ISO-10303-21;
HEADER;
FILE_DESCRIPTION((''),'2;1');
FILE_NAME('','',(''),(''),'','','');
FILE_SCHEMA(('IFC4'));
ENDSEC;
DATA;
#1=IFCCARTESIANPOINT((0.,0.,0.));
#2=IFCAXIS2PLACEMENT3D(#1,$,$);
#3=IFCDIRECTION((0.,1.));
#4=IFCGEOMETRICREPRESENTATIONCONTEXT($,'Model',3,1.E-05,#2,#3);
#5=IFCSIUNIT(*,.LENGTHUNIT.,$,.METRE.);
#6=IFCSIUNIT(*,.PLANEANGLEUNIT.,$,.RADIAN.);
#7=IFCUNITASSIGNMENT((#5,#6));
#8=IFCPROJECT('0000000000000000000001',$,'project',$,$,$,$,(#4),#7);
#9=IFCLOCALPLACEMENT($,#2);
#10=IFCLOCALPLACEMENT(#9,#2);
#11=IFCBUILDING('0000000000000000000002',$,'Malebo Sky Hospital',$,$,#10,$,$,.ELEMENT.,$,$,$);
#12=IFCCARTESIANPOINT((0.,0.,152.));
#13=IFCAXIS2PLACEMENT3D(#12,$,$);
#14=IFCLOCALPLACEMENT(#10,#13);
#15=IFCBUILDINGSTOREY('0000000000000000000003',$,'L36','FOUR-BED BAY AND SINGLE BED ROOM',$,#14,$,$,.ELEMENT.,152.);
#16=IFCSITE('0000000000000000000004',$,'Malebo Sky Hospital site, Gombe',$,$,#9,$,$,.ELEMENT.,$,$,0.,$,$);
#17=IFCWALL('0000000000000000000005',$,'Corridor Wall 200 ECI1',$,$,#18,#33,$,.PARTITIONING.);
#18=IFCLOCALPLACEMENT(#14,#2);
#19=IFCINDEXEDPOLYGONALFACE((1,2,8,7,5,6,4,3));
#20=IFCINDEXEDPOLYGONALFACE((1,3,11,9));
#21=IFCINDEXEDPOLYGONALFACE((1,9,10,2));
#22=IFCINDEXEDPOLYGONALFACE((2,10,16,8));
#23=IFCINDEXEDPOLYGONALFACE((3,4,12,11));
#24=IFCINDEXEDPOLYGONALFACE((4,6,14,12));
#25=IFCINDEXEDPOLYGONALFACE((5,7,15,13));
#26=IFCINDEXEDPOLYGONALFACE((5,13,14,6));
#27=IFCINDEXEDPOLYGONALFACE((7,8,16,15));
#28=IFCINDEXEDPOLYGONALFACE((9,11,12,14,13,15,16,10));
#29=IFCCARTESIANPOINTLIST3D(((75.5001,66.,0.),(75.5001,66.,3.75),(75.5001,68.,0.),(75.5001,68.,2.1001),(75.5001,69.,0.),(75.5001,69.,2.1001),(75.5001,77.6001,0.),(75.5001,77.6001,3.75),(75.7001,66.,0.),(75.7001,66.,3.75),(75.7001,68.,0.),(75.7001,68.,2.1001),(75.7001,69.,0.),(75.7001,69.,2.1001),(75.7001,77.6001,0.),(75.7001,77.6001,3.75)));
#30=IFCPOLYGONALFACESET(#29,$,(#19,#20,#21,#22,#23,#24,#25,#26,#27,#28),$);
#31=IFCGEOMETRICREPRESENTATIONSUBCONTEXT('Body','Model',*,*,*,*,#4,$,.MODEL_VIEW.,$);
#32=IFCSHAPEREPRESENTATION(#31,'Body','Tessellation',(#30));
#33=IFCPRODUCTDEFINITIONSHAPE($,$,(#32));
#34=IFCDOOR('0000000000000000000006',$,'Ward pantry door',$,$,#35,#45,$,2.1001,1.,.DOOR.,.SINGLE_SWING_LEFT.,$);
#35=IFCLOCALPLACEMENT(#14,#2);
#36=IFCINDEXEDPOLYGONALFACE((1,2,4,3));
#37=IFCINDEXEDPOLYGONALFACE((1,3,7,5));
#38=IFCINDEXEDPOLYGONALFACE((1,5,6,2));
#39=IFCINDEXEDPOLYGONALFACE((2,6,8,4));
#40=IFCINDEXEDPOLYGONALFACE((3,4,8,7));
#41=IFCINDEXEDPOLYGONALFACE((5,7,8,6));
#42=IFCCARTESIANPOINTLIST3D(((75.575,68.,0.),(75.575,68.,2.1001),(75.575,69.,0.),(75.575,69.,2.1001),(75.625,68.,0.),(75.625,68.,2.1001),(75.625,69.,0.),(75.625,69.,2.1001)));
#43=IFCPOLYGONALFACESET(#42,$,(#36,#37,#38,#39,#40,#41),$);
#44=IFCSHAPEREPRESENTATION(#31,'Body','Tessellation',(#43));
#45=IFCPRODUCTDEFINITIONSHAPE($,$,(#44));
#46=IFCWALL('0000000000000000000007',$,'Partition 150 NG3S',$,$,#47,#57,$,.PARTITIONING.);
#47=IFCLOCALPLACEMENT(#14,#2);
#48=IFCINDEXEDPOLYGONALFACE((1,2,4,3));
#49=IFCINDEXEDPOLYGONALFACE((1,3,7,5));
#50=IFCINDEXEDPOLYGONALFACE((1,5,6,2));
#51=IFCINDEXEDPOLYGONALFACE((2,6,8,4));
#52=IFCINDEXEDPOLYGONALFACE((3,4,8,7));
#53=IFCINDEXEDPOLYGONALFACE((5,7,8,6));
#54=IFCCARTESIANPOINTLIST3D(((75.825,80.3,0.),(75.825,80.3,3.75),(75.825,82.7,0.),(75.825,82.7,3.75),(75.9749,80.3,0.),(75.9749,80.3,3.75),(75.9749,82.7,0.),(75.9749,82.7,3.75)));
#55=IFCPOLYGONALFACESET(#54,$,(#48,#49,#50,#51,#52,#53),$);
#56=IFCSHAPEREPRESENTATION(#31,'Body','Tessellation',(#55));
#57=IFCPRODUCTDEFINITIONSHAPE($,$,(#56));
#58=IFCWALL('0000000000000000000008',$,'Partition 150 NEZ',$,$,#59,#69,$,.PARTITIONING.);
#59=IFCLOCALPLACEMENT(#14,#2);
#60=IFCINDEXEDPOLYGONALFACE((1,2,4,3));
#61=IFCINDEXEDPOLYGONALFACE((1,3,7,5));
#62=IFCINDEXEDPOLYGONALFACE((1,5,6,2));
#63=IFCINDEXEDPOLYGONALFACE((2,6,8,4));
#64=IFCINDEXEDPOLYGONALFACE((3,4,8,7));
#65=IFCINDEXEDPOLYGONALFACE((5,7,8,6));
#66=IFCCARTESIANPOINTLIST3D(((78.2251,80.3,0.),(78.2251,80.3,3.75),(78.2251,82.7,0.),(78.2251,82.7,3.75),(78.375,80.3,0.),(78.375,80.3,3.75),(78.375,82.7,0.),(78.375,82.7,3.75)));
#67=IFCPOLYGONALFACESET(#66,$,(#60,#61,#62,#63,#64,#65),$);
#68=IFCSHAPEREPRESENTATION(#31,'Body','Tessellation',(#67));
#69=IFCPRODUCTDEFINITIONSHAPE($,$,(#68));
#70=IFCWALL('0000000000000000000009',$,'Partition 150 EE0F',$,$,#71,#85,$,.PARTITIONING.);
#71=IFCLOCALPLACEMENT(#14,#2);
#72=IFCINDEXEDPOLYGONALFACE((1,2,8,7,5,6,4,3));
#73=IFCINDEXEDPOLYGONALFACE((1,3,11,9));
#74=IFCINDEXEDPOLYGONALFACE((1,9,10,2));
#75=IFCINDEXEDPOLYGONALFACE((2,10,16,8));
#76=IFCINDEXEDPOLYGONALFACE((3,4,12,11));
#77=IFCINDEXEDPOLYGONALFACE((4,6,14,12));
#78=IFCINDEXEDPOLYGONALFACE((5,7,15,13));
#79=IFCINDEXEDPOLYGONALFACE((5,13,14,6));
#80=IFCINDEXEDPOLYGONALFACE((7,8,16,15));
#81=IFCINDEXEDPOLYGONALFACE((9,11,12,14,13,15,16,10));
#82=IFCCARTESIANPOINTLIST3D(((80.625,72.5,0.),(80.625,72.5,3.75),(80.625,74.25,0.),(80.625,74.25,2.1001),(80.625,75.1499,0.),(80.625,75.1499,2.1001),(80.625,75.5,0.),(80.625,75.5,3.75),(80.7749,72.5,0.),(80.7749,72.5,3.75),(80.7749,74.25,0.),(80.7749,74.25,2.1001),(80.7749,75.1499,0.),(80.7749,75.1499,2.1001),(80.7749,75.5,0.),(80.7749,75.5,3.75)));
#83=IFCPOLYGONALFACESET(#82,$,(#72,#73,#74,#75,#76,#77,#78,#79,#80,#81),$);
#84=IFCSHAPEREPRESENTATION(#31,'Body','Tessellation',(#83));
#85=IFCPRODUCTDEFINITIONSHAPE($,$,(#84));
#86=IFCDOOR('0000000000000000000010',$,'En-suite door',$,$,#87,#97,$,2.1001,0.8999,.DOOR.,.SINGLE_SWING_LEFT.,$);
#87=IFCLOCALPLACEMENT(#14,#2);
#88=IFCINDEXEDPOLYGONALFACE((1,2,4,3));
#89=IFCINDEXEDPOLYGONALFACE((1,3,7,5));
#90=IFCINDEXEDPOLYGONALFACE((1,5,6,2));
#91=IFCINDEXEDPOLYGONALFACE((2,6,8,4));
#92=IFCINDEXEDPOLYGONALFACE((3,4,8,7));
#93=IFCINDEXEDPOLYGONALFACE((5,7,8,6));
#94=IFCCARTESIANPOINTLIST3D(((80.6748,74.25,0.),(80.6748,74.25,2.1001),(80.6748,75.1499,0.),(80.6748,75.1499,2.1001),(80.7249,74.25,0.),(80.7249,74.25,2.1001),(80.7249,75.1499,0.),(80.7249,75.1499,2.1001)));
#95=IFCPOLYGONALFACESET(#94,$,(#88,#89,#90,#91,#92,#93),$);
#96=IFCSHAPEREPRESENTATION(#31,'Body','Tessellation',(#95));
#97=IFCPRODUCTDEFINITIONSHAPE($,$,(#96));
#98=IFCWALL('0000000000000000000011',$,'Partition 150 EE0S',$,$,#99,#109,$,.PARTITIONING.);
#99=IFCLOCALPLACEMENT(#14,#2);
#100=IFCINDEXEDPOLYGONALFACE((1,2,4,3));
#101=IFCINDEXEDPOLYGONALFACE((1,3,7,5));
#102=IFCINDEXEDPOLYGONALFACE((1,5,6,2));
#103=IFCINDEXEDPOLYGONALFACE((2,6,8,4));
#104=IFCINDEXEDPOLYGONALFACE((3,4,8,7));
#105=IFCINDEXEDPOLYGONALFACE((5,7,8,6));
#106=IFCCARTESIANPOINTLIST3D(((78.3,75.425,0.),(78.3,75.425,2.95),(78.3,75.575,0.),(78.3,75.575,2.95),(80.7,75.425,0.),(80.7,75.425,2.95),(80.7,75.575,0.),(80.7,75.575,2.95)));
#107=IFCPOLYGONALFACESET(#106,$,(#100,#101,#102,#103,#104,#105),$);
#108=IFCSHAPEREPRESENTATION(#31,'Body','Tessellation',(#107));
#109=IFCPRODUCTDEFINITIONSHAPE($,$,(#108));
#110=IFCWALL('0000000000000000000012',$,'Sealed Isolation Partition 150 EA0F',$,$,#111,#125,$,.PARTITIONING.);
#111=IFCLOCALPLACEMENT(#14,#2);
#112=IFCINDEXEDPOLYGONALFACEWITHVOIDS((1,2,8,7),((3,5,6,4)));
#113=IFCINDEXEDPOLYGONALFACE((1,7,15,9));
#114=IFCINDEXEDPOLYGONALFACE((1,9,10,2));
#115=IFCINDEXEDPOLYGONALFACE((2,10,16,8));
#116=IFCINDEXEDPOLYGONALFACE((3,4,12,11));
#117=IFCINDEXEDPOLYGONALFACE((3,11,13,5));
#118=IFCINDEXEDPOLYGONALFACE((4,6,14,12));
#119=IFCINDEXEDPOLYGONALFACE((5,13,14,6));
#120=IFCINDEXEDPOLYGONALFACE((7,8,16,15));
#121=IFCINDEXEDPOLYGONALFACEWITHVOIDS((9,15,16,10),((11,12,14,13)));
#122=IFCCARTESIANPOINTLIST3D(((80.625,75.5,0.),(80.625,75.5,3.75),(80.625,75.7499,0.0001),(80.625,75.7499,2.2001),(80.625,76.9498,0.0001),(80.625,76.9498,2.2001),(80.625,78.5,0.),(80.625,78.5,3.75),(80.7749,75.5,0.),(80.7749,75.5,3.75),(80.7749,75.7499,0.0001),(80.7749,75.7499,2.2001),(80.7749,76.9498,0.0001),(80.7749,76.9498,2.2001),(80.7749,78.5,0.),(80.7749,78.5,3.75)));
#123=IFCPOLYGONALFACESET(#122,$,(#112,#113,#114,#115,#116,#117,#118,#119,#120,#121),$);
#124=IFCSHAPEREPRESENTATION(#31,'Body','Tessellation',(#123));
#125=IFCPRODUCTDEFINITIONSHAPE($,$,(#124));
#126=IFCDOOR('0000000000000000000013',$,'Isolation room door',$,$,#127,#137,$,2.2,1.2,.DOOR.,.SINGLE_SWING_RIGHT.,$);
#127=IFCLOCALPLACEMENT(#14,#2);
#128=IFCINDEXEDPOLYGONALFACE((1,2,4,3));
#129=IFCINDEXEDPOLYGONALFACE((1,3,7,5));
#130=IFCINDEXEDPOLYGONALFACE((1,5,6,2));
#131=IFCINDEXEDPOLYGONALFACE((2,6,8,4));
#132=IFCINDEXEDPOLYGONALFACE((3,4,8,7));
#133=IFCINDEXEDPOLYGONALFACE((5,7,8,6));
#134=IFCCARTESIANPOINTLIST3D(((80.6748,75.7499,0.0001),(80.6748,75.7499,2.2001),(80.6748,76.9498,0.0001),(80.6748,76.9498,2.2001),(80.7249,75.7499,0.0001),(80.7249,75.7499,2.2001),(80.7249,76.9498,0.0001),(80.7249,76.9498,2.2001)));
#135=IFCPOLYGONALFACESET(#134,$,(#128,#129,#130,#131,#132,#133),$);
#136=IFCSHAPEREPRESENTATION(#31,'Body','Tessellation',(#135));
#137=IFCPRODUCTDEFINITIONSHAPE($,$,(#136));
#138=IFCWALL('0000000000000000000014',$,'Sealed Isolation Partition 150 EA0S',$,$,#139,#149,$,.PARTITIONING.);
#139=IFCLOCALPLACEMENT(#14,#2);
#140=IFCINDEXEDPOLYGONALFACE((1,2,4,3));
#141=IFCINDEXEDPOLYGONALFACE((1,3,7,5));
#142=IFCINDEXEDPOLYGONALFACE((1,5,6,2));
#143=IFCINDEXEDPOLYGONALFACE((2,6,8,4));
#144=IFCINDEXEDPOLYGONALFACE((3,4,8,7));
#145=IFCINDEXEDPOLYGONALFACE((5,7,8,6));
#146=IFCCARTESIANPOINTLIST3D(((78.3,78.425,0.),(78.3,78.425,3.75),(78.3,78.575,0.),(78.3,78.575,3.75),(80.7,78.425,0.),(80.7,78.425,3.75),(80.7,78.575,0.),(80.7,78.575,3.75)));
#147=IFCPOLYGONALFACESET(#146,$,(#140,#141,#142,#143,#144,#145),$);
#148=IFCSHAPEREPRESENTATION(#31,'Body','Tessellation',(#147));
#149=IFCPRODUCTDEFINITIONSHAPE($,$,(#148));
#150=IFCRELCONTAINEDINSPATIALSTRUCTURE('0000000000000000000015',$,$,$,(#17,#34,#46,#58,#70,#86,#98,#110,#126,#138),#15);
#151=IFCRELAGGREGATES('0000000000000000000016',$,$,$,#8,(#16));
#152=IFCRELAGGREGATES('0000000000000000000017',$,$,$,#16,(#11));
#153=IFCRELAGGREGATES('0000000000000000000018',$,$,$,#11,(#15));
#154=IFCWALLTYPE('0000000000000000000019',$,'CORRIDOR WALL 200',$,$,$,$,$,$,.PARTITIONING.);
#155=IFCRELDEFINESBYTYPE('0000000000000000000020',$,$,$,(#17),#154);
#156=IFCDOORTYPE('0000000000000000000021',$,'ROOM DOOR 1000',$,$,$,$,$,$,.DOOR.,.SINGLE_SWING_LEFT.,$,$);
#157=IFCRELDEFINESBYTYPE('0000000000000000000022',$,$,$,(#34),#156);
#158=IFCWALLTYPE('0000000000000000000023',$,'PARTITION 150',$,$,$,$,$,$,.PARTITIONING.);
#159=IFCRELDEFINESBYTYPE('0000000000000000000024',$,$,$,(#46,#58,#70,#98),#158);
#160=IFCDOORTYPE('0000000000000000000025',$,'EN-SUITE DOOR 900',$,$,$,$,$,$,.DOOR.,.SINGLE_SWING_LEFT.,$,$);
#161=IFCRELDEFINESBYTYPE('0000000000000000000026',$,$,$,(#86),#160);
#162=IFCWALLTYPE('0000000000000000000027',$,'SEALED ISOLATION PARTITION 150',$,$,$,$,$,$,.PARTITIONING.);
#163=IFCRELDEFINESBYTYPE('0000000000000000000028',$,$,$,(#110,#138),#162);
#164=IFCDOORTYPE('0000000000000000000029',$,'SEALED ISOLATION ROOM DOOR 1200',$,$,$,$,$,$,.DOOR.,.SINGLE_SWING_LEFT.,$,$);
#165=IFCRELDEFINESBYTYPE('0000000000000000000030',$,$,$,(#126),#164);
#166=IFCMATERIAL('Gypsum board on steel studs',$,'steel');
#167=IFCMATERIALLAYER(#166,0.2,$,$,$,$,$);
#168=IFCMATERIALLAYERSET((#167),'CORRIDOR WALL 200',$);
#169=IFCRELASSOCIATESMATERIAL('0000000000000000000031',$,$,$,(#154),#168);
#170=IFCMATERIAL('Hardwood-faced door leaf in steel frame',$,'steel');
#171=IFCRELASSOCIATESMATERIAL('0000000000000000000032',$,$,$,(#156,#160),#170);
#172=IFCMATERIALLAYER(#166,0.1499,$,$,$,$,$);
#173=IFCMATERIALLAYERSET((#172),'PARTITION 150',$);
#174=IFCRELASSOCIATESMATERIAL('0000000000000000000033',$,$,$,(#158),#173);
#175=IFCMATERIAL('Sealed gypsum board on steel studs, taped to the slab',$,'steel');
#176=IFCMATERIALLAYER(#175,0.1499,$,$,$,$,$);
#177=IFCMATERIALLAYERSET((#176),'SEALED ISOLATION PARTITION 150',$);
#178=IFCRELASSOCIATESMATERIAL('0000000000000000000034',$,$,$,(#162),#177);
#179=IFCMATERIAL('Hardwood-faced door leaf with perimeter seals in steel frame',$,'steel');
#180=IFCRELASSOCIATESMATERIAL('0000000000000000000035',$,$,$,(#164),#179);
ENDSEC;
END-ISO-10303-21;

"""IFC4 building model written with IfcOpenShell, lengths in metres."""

from ifc_helpers import new_model, si_unit, direction, frame, frame_2d, origin, place, context, subcontext, project, spatial, rectangle, extrude, material, layer, layer_set, type_object, element, fill, save


model = new_model("IFC4")

# Units and contexts
model_context = context("Model", 3, precision=1e-05, world=origin(), true_north=direction((0.0, 1.0)))
body_context = subcontext(model_context, "Body", "Model", "MODEL_VIEW")
ifc_project = project(units=[si_unit("LENGTHUNIT", "METRE"), si_unit("PLANEANGLEUNIT", "RADIAN")], contexts=[model_context])

# Site, building, storey
site_placement = place(None, origin())
site = spatial("IfcSite", under=ifc_project, at=site_placement, Name="Malebo Sky Hospital site, Gombe", CompositionType="ELEMENT", RefElevation=0.0)
building_placement = place(site_placement, origin())
building = spatial("IfcBuilding", under=site, at=building_placement, Name="Malebo Sky Hospital", CompositionType="ELEMENT")
storey_placement = place(building_placement, frame((0.0, 0.0, 152.0)))
storey = spatial("IfcBuildingStorey", under=building, at=storey_placement, Name="L36", Description="FOUR-BED BAY AND SINGLE BED ROOM", CompositionType="ELEMENT", Elevation=152.0)

# Wall, opening, door
ifc_material_1 = material(Name="Gypsum board on steel studs", Category="steel")
ifc_layer_1 = layer(ifc_material_1, 0.2)
ifc_layer_set_1 = layer_set([ifc_layer_1], Name="CORRIDOR WALL 200")
wall_type_1 = type_object("IfcWallType", Name="CORRIDOR WALL 200", PredefinedType="PARTITIONING", material=ifc_layer_set_1)
wall_1_placement = place(storey_placement, frame((75.6001, 77.6001, 0.0), z_axis=(0.0, 0.0, 1.0), x_axis=(0.0, -1.0, 0.0)))
wall_1 = element("IfcWall", 1, at=wall_1_placement, inside=storey, type_object=wall_type_1, Name="Corridor Wall 200 ECI1", PredefinedType="PARTITIONING", context=body_context, shape_type="SweptSolid", body=[
    extrude(rectangle(XDim=11.6001, YDim=0.2, at=frame_2d((5.8, 0.0))), origin(), (0.0, 0.0, 1.0), 3.75),
])
opening_1_placement = place(wall_1_placement, frame((8.6001, 0.0, 0.0)))
opening_1 = element("IfcOpeningElement", 2, at=opening_1_placement, cuts=wall_1, PredefinedType="OPENING", context=body_context, shape_type="SweptSolid", body=[
    extrude(rectangle(XDim=1.0, YDim=2.1001, at=frame_2d((0.5, 1.05))), frame((0.0, 0.1099, 0.0), z_axis=(0.0, -1.0, 0.0), x_axis=(1.0, 0.0, 0.0)), (0.0, 0.0, 1.0), 0.22),
])
ifc_material_2 = material(Name="Hardwood-faced door leaf in steel frame", Category="steel")
door_type_1 = type_object("IfcDoorType", Name="ROOM DOOR 1000", OperationType="SINGLE_SWING_LEFT", PredefinedType="DOOR", material=ifc_material_2)
door_1_placement = place(opening_1_placement, origin())
door_1 = element("IfcDoor", 3, at=door_1_placement, inside=storey, type_object=door_type_1, Name="Ward pantry door", OperationType="SINGLE_SWING_LEFT", OverallHeight=2.1001, OverallWidth=1.0, PredefinedType="DOOR", context=body_context, shape_type="SweptSolid", body=[
    extrude(rectangle(XDim=1.0, YDim=2.1001, at=frame_2d((0.5, 1.05))), frame((0.0, 0.0249, 0.0), z_axis=(0.0, -1.0, 0.0), x_axis=(1.0, 0.0, 0.0)), (0.0, 0.0, 1.0), 0.05),
])
fill(opening_1, door_1)

# Walls
ifc_layer_2 = layer(ifc_material_1, 0.1499)
ifc_layer_set_2 = layer_set([ifc_layer_2], Name="PARTITION 150")
wall_type_2 = type_object("IfcWallType", Name="PARTITION 150", PredefinedType="PARTITIONING", material=ifc_layer_set_2)
for number, where, z_axis, x_axis, name in (
    (4, (75.8999, 80.3, 0.0), (0.0, 0.0, 1.0), (0.0, 1.0, 0.0), "Partition 150 NG3S"),
    (5, (78.3, 80.3, 0.0), (0.0, 0.0, 1.0), (0.0, 1.0, 0.0), "Partition 150 NEZ"),
):
    element("IfcWall", number, at=place(storey_placement, frame(where, z_axis=z_axis, x_axis=x_axis)), inside=storey, type_object=wall_type_2, Name=name, PredefinedType="PARTITIONING", context=body_context, shape_type="SweptSolid", body=[
        extrude(rectangle(XDim=2.3999, YDim=0.1499, at=frame_2d((1.2, 0.0))), origin(), (0.0, 0.0, 1.0), 3.75),
    ])

# Wall, opening, door
wall_2_placement = place(storey_placement, frame((80.7, 75.5, 0.0), z_axis=(0.0, 0.0, 1.0), x_axis=(0.0, -1.0, 0.0)))
wall_2 = element("IfcWall", 6, at=wall_2_placement, inside=storey, type_object=wall_type_2, Name="Partition 150 EE0F", PredefinedType="PARTITIONING", context=body_context, shape_type="SweptSolid", body=[
    extrude(rectangle(XDim=3.0, YDim=0.1499, at=frame_2d((1.5, 0.0))), origin(), (0.0, 0.0, 1.0), 3.75),
])
opening_2_placement = place(wall_2_placement, frame((0.3501, 0.0, 0.0)))
opening_2 = element("IfcOpeningElement", 7, at=opening_2_placement, cuts=wall_2, PredefinedType="OPENING", context=body_context, shape_type="SweptSolid", body=[
    extrude(rectangle(XDim=0.8999, YDim=2.1001, at=frame_2d((0.45, 1.05))), frame((0.0, 0.085, 0.0), z_axis=(0.0, -1.0, 0.0), x_axis=(1.0, 0.0, 0.0)), (0.0, 0.0, 1.0), 0.1699),
])
door_type_2 = type_object("IfcDoorType", Name="EN-SUITE DOOR 900", OperationType="SINGLE_SWING_LEFT", PredefinedType="DOOR", material=ifc_material_2)
door_2_placement = place(opening_2_placement, origin())
door_2 = element("IfcDoor", 8, at=door_2_placement, inside=storey, type_object=door_type_2, Name="En-suite door", OperationType="SINGLE_SWING_LEFT", OverallHeight=2.1001, OverallWidth=0.8999, PredefinedType="DOOR", context=body_context, shape_type="SweptSolid", body=[
    extrude(rectangle(XDim=0.8999, YDim=2.1001, at=frame_2d((0.45, 1.05))), frame((0.0, 0.0249, 0.0), z_axis=(0.0, -1.0, 0.0), x_axis=(1.0, 0.0, 0.0)), (0.0, 0.0, 1.0), 0.05),
])
fill(opening_2, door_2)

# Wall
wall_3_placement = place(storey_placement, frame((78.3, 75.5, 0.0), z_axis=(0.0, 0.0, 1.0), x_axis=(1.0, 0.0, 0.0)))
element("IfcWall", 9, at=wall_3_placement, inside=storey, type_object=wall_type_2, Name="Partition 150 EE0S", PredefinedType="PARTITIONING", context=body_context, shape_type="SweptSolid", body=[
    extrude(rectangle(XDim=2.3999, YDim=0.1499, at=frame_2d((1.2, 0.0))), origin(), (0.0, 0.0, 1.0), 2.95),
])

# Wall, opening, door
ifc_material_3 = material(Name="Sealed gypsum board on steel studs, taped to the slab", Category="steel")
ifc_layer_3 = layer(ifc_material_3, 0.1499)
ifc_layer_set_3 = layer_set([ifc_layer_3], Name="SEALED ISOLATION PARTITION 150")
wall_type_3 = type_object("IfcWallType", Name="SEALED ISOLATION PARTITION 150", PredefinedType="PARTITIONING", material=ifc_layer_set_3)
wall_4_placement = place(storey_placement, frame((80.7, 78.5, 0.0), z_axis=(0.0, 0.0, 1.0), x_axis=(0.0, -1.0, 0.0)))
wall_4 = element("IfcWall", 10, at=wall_4_placement, inside=storey, type_object=wall_type_3, Name="Sealed Isolation Partition 150 EA0F", PredefinedType="PARTITIONING", context=body_context, shape_type="SweptSolid", body=[
    extrude(rectangle(XDim=3.0, YDim=0.1499, at=frame_2d((1.5, 0.0))), origin(), (0.0, 0.0, 1.0), 3.75),
])
opening_3_placement = place(wall_4_placement, frame((1.55, 0.0, 0.0)))
opening_3 = element("IfcOpeningElement", 11, at=opening_3_placement, cuts=wall_4, PredefinedType="OPENING", context=body_context, shape_type="SweptSolid", body=[
    extrude(rectangle(XDim=1.2, YDim=2.2, at=frame_2d((0.6001, 1.1001))), frame((0.0, 0.085, 0.0), z_axis=(0.0, -1.0, 0.0), x_axis=(1.0, 0.0, 0.0)), (0.0, 0.0, 1.0), 0.1699),
])
ifc_material_4 = material(Name="Hardwood-faced door leaf with perimeter seals in steel frame", Category="steel")
door_type_3 = type_object("IfcDoorType", Name="SEALED ISOLATION ROOM DOOR 1200", OperationType="SINGLE_SWING_LEFT", PredefinedType="DOOR", material=ifc_material_4)
door_3_placement = place(opening_3_placement, origin())
door_3 = element("IfcDoor", 12, at=door_3_placement, inside=storey, type_object=door_type_3, Name="Isolation room door", OperationType="SINGLE_SWING_RIGHT", OverallHeight=2.2, OverallWidth=1.2, PredefinedType="DOOR", context=body_context, shape_type="SweptSolid", body=[
    extrude(rectangle(XDim=1.2, YDim=2.2, at=frame_2d((0.6001, 1.1001))), frame((0.0, 0.0249, 0.0), z_axis=(0.0, -1.0, 0.0), x_axis=(1.0, 0.0, 0.0)), (0.0, 0.0, 1.0), 0.05),
])
fill(opening_3, door_3)

# Wall
wall_5_placement = place(storey_placement, frame((78.3, 78.5, 0.0), z_axis=(0.0, 0.0, 1.0), x_axis=(1.0, 0.0, 0.0)))
element("IfcWall", 13, at=wall_5_placement, inside=storey, type_object=wall_type_3, Name="Sealed Isolation Partition 150 EA0S", PredefinedType="PARTITIONING", context=body_context, shape_type="SweptSolid", body=[
    extrude(rectangle(XDim=2.3999, YDim=0.1499, at=frame_2d((1.2, 0.0))), origin(), (0.0, 0.0, 1.0), 3.75),
])

save(model, "model.ifc")
